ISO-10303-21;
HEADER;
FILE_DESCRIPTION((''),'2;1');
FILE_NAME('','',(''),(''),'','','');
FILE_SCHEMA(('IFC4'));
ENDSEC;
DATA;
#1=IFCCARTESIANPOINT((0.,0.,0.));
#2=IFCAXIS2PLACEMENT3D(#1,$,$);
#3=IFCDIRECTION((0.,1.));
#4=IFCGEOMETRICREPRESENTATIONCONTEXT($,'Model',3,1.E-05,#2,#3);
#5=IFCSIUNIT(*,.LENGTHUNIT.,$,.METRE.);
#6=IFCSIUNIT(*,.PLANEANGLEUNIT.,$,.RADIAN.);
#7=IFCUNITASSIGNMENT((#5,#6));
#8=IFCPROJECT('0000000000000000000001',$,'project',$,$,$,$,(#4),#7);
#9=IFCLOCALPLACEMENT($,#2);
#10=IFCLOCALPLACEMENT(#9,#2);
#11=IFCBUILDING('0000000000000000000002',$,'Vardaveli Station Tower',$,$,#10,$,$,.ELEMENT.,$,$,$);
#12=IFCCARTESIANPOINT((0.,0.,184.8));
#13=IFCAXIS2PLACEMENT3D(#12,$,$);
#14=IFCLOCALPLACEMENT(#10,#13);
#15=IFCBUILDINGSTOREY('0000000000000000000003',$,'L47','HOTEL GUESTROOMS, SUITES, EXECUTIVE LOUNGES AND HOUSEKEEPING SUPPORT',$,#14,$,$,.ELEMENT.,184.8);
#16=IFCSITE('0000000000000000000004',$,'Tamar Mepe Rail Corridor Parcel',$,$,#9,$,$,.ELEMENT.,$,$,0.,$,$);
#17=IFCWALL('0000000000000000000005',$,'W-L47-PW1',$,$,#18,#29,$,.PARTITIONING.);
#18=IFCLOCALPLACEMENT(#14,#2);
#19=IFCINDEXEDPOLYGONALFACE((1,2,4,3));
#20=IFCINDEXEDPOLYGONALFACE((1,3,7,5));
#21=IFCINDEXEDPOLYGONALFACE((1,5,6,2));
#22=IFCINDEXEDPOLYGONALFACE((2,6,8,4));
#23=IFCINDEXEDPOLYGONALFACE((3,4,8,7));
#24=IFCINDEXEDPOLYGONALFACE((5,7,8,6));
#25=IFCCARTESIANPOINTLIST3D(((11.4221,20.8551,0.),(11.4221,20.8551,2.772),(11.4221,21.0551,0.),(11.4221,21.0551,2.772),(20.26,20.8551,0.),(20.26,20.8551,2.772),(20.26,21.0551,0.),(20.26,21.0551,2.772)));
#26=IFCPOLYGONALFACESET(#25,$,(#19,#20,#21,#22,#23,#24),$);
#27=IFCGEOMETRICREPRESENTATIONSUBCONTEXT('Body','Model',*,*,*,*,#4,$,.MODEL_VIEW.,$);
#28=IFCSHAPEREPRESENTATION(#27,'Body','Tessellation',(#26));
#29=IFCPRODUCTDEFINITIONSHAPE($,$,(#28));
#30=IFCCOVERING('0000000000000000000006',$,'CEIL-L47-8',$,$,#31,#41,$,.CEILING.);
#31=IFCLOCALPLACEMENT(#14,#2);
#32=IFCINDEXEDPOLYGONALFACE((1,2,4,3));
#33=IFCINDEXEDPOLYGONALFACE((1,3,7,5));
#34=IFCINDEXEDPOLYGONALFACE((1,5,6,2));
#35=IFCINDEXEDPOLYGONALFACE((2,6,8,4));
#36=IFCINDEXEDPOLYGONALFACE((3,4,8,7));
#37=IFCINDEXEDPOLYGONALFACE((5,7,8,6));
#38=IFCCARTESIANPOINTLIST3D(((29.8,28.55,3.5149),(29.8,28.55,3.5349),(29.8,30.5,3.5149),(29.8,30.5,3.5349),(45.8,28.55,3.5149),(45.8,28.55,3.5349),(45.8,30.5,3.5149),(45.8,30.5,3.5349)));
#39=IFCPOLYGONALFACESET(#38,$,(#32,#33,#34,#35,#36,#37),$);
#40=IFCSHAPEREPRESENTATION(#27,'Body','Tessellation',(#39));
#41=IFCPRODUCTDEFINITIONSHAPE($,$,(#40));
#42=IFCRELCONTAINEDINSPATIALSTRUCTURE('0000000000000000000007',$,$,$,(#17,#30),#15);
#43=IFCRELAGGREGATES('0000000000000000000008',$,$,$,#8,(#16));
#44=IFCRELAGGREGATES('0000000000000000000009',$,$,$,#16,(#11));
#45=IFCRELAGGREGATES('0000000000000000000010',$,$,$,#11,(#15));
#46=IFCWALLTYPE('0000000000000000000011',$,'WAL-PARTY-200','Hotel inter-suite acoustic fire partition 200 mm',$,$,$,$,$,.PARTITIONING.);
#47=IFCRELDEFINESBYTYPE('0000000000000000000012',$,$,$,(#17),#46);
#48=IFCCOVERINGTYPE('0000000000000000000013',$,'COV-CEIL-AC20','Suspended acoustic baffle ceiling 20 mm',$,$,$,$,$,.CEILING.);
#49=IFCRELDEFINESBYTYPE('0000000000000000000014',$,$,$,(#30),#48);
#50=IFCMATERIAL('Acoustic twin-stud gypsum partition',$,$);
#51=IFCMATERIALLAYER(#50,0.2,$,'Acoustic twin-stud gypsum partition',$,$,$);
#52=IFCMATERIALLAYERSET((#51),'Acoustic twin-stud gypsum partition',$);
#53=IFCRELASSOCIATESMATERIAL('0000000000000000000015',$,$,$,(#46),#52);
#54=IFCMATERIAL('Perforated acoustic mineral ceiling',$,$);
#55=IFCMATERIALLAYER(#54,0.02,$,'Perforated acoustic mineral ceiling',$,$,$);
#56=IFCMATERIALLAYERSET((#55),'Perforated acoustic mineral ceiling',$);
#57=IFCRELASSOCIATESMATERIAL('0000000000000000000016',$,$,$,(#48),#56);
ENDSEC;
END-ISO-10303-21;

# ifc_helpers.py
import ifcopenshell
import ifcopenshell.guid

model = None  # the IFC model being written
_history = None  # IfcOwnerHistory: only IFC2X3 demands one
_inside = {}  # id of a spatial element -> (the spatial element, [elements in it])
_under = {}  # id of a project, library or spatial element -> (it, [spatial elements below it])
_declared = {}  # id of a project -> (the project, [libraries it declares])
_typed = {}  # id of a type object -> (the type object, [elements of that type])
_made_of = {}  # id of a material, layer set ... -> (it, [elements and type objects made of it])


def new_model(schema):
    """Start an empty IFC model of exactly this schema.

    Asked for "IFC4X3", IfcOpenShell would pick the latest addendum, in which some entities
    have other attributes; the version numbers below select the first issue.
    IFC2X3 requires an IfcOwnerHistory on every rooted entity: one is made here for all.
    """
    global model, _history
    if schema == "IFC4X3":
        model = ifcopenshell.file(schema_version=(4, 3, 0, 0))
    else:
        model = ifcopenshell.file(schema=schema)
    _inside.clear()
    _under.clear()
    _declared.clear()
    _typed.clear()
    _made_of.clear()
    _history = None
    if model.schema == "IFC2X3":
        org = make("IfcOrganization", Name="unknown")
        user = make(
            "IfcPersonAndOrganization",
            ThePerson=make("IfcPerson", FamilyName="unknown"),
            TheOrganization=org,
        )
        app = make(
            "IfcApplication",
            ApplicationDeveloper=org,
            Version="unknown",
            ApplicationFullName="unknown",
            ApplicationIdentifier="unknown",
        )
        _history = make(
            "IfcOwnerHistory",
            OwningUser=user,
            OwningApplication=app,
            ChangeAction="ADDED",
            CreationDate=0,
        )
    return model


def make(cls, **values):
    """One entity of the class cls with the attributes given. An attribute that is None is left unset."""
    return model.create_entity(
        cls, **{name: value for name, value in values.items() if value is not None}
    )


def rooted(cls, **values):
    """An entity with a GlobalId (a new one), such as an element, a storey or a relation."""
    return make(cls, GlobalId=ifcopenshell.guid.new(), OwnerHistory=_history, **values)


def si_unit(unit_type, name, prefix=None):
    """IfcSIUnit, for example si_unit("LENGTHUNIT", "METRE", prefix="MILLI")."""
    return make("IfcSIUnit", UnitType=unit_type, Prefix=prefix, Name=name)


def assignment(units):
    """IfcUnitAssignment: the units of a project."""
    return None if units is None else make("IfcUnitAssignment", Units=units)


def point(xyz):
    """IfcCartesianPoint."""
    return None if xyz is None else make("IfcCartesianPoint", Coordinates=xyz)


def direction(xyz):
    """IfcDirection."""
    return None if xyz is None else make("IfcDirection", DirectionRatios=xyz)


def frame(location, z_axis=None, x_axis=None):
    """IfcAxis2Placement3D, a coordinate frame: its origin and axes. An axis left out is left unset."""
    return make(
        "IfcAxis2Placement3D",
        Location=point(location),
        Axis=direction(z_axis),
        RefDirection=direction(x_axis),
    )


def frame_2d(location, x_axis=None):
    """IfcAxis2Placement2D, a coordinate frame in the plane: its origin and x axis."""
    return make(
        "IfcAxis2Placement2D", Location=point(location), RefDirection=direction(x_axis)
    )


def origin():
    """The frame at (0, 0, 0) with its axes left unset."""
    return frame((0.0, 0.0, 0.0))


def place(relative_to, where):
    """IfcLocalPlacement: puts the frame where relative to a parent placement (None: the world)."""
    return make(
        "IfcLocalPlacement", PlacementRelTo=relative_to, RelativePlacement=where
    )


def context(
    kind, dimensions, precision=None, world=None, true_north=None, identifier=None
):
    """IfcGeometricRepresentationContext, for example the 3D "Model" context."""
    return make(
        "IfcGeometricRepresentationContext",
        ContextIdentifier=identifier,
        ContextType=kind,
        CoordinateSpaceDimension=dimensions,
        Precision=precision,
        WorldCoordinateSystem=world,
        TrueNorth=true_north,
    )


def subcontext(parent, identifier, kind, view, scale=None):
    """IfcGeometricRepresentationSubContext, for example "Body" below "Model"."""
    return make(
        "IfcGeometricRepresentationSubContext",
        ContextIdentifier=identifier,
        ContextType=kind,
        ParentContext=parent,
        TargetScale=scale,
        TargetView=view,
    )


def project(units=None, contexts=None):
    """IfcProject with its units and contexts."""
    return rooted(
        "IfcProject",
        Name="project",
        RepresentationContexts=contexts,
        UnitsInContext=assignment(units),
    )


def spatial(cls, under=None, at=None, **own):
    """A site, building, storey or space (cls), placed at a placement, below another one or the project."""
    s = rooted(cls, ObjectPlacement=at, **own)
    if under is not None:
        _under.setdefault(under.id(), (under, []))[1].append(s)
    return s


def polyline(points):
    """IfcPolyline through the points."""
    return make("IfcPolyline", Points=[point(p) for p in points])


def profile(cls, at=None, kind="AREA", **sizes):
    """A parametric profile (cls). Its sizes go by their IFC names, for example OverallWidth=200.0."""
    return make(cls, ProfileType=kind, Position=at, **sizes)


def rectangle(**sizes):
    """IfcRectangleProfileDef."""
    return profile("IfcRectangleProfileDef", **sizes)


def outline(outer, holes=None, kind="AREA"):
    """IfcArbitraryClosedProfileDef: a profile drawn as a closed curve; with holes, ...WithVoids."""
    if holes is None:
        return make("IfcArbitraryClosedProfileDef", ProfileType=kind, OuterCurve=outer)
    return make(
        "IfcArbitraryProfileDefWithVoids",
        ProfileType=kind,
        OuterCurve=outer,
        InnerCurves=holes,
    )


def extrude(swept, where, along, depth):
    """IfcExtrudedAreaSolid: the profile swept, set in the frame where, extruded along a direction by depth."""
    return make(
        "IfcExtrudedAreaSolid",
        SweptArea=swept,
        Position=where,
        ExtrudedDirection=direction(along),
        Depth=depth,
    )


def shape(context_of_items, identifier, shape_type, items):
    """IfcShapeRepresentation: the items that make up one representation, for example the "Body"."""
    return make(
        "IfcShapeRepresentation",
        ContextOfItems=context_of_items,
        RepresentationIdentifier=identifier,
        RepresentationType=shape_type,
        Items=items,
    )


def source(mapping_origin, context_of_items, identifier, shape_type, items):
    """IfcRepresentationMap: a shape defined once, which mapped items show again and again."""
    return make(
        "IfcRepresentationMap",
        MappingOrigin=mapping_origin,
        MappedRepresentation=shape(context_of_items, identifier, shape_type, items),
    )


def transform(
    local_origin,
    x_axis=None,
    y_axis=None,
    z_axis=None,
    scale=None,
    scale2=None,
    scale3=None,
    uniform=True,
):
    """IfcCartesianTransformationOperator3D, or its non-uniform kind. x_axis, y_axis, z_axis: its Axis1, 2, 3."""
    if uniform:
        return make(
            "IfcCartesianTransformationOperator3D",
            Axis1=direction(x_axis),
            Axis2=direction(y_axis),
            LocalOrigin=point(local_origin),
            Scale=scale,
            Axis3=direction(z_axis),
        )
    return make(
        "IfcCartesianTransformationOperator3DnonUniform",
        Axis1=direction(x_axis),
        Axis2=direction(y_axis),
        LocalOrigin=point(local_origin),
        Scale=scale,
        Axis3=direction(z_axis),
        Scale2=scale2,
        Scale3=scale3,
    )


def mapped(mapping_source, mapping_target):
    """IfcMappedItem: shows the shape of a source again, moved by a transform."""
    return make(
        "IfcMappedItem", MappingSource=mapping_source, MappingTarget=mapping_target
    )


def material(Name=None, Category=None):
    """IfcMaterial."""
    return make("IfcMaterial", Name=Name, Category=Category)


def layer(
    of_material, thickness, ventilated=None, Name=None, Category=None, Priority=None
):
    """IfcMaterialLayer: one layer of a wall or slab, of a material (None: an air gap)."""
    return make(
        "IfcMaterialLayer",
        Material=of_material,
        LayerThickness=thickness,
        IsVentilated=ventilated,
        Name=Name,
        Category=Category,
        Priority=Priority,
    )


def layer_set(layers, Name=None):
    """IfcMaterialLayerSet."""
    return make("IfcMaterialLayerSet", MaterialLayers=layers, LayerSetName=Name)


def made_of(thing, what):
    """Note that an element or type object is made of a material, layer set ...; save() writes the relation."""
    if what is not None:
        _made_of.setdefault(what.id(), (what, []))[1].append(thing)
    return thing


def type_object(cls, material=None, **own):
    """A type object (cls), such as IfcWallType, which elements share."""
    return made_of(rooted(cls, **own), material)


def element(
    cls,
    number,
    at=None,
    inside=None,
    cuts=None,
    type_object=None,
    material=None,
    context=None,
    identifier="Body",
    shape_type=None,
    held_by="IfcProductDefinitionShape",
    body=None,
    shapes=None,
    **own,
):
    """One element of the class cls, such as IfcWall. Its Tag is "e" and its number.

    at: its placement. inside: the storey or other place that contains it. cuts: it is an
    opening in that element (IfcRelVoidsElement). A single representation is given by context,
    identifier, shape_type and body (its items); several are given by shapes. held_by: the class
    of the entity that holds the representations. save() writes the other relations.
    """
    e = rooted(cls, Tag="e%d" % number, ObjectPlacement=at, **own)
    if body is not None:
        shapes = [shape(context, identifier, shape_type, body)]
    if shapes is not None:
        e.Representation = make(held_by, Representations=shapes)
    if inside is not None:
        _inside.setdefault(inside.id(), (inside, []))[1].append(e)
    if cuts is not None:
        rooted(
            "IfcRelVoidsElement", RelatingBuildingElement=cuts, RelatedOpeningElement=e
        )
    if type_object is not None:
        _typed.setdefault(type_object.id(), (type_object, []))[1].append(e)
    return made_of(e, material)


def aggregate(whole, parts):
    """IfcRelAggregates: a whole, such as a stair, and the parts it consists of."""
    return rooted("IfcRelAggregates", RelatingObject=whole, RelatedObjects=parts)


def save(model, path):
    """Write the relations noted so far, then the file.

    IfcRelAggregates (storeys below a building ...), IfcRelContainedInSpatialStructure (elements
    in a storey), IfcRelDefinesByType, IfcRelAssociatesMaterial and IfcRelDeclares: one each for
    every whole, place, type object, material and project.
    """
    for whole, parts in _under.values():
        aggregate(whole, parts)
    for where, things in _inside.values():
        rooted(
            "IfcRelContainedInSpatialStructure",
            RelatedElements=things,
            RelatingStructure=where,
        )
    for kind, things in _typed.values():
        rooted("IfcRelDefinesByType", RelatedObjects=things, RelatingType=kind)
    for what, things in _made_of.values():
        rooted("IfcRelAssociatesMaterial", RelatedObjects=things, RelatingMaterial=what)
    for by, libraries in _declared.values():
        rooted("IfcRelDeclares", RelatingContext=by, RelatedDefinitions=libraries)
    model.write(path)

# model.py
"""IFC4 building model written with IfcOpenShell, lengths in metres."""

from ifc_helpers import new_model, si_unit, direction, frame, frame_2d, origin, place, context, subcontext, project, spatial, polyline, rectangle, outline, extrude, source, transform, mapped, material, layer, layer_set, type_object, element, save


model = new_model("IFC4")

# Units and contexts
model_context = context("Model", 3, precision=1e-05, world=origin(), true_north=direction((0.0, 1.0)))
body_context = subcontext(model_context, "Body", "Model", "MODEL_VIEW")
ifc_project = project(units=[si_unit("LENGTHUNIT", "METRE"), si_unit("PLANEANGLEUNIT", "RADIAN")], contexts=[model_context])

# Site, building, storey
site_placement = place(None, origin())
site = spatial("IfcSite", under=ifc_project, at=site_placement, Name="Tamar Mepe Rail Corridor Parcel", CompositionType="ELEMENT", RefElevation=0.0)
building_placement = place(site_placement, origin())
building = spatial("IfcBuilding", under=site, at=building_placement, Name="Vardaveli Station Tower", CompositionType="ELEMENT")
storey_placement = place(building_placement, frame((0.0, 0.0, 184.8)))
storey = spatial("IfcBuildingStorey", under=building, at=storey_placement, Name="L47", Description="HOTEL GUESTROOMS, SUITES, EXECUTIVE LOUNGES AND HOUSEKEEPING SUPPORT", CompositionType="ELEMENT", Elevation=184.8)

# Wall
ifc_material_1 = material(Name="Acoustic twin-stud gypsum partition")
ifc_layer_1 = layer(ifc_material_1, 0.2, Name="Acoustic twin-stud gypsum partition")
ifc_layer_set_1 = layer_set([ifc_layer_1], Name="Acoustic twin-stud gypsum partition")
wall_type_1 = type_object("IfcWallType", Name="WAL-PARTY-200", Description="Hotel inter-suite acoustic fire partition 200 mm", PredefinedType="PARTITIONING", material=ifc_layer_set_1)
shared_shape_1 = source(origin(), body_context, "Body", "SweptSolid", [
    extrude(rectangle(XDim=8.8379, YDim=0.2, at=frame_2d((4.4189, 0.0))), origin(), (0.0, 0.0, 1.0), 2.772),
])
wall_1_placement = place(storey_placement, frame((11.4221, 20.9551, 0.0), z_axis=(0.0, 0.0, 1.0), x_axis=(1.0, 0.0, 0.0)))
element("IfcWall", 1, at=wall_1_placement, inside=storey, type_object=wall_type_1, Name="W-L47-PW1", PredefinedType="PARTITIONING", context=body_context, shape_type="MappedRepresentation", body=[
    mapped(shared_shape_1, transform((0.0, 0.0, 0.0), scale=1.0)),
])

# Covering
ifc_material_2 = material(Name="Perforated acoustic mineral ceiling")
ifc_layer_2 = layer(ifc_material_2, 0.02, Name="Perforated acoustic mineral ceiling")
ifc_layer_set_2 = layer_set([ifc_layer_2], Name="Perforated acoustic mineral ceiling")
covering_type = type_object("IfcCoveringType", Name="COV-CEIL-AC20", Description="Suspended acoustic baffle ceiling 20 mm", PredefinedType="CEILING", material=ifc_layer_set_2)
covering_placement = place(storey_placement, frame((0.0, 0.0, 3.5149)))
element("IfcCovering", 2, at=covering_placement, inside=storey, type_object=covering_type, Name="CEIL-L47-8", PredefinedType="CEILING", context=body_context, shape_type="SweptSolid", body=[
    extrude(outline(polyline([(29.8, 28.55), (45.8, 28.55), (45.8, 30.5), (29.8, 30.5), (29.8, 28.55)])), origin(), (0.0, 0.0, 1.0), 0.02),
])

save(model, "model.ifc")
